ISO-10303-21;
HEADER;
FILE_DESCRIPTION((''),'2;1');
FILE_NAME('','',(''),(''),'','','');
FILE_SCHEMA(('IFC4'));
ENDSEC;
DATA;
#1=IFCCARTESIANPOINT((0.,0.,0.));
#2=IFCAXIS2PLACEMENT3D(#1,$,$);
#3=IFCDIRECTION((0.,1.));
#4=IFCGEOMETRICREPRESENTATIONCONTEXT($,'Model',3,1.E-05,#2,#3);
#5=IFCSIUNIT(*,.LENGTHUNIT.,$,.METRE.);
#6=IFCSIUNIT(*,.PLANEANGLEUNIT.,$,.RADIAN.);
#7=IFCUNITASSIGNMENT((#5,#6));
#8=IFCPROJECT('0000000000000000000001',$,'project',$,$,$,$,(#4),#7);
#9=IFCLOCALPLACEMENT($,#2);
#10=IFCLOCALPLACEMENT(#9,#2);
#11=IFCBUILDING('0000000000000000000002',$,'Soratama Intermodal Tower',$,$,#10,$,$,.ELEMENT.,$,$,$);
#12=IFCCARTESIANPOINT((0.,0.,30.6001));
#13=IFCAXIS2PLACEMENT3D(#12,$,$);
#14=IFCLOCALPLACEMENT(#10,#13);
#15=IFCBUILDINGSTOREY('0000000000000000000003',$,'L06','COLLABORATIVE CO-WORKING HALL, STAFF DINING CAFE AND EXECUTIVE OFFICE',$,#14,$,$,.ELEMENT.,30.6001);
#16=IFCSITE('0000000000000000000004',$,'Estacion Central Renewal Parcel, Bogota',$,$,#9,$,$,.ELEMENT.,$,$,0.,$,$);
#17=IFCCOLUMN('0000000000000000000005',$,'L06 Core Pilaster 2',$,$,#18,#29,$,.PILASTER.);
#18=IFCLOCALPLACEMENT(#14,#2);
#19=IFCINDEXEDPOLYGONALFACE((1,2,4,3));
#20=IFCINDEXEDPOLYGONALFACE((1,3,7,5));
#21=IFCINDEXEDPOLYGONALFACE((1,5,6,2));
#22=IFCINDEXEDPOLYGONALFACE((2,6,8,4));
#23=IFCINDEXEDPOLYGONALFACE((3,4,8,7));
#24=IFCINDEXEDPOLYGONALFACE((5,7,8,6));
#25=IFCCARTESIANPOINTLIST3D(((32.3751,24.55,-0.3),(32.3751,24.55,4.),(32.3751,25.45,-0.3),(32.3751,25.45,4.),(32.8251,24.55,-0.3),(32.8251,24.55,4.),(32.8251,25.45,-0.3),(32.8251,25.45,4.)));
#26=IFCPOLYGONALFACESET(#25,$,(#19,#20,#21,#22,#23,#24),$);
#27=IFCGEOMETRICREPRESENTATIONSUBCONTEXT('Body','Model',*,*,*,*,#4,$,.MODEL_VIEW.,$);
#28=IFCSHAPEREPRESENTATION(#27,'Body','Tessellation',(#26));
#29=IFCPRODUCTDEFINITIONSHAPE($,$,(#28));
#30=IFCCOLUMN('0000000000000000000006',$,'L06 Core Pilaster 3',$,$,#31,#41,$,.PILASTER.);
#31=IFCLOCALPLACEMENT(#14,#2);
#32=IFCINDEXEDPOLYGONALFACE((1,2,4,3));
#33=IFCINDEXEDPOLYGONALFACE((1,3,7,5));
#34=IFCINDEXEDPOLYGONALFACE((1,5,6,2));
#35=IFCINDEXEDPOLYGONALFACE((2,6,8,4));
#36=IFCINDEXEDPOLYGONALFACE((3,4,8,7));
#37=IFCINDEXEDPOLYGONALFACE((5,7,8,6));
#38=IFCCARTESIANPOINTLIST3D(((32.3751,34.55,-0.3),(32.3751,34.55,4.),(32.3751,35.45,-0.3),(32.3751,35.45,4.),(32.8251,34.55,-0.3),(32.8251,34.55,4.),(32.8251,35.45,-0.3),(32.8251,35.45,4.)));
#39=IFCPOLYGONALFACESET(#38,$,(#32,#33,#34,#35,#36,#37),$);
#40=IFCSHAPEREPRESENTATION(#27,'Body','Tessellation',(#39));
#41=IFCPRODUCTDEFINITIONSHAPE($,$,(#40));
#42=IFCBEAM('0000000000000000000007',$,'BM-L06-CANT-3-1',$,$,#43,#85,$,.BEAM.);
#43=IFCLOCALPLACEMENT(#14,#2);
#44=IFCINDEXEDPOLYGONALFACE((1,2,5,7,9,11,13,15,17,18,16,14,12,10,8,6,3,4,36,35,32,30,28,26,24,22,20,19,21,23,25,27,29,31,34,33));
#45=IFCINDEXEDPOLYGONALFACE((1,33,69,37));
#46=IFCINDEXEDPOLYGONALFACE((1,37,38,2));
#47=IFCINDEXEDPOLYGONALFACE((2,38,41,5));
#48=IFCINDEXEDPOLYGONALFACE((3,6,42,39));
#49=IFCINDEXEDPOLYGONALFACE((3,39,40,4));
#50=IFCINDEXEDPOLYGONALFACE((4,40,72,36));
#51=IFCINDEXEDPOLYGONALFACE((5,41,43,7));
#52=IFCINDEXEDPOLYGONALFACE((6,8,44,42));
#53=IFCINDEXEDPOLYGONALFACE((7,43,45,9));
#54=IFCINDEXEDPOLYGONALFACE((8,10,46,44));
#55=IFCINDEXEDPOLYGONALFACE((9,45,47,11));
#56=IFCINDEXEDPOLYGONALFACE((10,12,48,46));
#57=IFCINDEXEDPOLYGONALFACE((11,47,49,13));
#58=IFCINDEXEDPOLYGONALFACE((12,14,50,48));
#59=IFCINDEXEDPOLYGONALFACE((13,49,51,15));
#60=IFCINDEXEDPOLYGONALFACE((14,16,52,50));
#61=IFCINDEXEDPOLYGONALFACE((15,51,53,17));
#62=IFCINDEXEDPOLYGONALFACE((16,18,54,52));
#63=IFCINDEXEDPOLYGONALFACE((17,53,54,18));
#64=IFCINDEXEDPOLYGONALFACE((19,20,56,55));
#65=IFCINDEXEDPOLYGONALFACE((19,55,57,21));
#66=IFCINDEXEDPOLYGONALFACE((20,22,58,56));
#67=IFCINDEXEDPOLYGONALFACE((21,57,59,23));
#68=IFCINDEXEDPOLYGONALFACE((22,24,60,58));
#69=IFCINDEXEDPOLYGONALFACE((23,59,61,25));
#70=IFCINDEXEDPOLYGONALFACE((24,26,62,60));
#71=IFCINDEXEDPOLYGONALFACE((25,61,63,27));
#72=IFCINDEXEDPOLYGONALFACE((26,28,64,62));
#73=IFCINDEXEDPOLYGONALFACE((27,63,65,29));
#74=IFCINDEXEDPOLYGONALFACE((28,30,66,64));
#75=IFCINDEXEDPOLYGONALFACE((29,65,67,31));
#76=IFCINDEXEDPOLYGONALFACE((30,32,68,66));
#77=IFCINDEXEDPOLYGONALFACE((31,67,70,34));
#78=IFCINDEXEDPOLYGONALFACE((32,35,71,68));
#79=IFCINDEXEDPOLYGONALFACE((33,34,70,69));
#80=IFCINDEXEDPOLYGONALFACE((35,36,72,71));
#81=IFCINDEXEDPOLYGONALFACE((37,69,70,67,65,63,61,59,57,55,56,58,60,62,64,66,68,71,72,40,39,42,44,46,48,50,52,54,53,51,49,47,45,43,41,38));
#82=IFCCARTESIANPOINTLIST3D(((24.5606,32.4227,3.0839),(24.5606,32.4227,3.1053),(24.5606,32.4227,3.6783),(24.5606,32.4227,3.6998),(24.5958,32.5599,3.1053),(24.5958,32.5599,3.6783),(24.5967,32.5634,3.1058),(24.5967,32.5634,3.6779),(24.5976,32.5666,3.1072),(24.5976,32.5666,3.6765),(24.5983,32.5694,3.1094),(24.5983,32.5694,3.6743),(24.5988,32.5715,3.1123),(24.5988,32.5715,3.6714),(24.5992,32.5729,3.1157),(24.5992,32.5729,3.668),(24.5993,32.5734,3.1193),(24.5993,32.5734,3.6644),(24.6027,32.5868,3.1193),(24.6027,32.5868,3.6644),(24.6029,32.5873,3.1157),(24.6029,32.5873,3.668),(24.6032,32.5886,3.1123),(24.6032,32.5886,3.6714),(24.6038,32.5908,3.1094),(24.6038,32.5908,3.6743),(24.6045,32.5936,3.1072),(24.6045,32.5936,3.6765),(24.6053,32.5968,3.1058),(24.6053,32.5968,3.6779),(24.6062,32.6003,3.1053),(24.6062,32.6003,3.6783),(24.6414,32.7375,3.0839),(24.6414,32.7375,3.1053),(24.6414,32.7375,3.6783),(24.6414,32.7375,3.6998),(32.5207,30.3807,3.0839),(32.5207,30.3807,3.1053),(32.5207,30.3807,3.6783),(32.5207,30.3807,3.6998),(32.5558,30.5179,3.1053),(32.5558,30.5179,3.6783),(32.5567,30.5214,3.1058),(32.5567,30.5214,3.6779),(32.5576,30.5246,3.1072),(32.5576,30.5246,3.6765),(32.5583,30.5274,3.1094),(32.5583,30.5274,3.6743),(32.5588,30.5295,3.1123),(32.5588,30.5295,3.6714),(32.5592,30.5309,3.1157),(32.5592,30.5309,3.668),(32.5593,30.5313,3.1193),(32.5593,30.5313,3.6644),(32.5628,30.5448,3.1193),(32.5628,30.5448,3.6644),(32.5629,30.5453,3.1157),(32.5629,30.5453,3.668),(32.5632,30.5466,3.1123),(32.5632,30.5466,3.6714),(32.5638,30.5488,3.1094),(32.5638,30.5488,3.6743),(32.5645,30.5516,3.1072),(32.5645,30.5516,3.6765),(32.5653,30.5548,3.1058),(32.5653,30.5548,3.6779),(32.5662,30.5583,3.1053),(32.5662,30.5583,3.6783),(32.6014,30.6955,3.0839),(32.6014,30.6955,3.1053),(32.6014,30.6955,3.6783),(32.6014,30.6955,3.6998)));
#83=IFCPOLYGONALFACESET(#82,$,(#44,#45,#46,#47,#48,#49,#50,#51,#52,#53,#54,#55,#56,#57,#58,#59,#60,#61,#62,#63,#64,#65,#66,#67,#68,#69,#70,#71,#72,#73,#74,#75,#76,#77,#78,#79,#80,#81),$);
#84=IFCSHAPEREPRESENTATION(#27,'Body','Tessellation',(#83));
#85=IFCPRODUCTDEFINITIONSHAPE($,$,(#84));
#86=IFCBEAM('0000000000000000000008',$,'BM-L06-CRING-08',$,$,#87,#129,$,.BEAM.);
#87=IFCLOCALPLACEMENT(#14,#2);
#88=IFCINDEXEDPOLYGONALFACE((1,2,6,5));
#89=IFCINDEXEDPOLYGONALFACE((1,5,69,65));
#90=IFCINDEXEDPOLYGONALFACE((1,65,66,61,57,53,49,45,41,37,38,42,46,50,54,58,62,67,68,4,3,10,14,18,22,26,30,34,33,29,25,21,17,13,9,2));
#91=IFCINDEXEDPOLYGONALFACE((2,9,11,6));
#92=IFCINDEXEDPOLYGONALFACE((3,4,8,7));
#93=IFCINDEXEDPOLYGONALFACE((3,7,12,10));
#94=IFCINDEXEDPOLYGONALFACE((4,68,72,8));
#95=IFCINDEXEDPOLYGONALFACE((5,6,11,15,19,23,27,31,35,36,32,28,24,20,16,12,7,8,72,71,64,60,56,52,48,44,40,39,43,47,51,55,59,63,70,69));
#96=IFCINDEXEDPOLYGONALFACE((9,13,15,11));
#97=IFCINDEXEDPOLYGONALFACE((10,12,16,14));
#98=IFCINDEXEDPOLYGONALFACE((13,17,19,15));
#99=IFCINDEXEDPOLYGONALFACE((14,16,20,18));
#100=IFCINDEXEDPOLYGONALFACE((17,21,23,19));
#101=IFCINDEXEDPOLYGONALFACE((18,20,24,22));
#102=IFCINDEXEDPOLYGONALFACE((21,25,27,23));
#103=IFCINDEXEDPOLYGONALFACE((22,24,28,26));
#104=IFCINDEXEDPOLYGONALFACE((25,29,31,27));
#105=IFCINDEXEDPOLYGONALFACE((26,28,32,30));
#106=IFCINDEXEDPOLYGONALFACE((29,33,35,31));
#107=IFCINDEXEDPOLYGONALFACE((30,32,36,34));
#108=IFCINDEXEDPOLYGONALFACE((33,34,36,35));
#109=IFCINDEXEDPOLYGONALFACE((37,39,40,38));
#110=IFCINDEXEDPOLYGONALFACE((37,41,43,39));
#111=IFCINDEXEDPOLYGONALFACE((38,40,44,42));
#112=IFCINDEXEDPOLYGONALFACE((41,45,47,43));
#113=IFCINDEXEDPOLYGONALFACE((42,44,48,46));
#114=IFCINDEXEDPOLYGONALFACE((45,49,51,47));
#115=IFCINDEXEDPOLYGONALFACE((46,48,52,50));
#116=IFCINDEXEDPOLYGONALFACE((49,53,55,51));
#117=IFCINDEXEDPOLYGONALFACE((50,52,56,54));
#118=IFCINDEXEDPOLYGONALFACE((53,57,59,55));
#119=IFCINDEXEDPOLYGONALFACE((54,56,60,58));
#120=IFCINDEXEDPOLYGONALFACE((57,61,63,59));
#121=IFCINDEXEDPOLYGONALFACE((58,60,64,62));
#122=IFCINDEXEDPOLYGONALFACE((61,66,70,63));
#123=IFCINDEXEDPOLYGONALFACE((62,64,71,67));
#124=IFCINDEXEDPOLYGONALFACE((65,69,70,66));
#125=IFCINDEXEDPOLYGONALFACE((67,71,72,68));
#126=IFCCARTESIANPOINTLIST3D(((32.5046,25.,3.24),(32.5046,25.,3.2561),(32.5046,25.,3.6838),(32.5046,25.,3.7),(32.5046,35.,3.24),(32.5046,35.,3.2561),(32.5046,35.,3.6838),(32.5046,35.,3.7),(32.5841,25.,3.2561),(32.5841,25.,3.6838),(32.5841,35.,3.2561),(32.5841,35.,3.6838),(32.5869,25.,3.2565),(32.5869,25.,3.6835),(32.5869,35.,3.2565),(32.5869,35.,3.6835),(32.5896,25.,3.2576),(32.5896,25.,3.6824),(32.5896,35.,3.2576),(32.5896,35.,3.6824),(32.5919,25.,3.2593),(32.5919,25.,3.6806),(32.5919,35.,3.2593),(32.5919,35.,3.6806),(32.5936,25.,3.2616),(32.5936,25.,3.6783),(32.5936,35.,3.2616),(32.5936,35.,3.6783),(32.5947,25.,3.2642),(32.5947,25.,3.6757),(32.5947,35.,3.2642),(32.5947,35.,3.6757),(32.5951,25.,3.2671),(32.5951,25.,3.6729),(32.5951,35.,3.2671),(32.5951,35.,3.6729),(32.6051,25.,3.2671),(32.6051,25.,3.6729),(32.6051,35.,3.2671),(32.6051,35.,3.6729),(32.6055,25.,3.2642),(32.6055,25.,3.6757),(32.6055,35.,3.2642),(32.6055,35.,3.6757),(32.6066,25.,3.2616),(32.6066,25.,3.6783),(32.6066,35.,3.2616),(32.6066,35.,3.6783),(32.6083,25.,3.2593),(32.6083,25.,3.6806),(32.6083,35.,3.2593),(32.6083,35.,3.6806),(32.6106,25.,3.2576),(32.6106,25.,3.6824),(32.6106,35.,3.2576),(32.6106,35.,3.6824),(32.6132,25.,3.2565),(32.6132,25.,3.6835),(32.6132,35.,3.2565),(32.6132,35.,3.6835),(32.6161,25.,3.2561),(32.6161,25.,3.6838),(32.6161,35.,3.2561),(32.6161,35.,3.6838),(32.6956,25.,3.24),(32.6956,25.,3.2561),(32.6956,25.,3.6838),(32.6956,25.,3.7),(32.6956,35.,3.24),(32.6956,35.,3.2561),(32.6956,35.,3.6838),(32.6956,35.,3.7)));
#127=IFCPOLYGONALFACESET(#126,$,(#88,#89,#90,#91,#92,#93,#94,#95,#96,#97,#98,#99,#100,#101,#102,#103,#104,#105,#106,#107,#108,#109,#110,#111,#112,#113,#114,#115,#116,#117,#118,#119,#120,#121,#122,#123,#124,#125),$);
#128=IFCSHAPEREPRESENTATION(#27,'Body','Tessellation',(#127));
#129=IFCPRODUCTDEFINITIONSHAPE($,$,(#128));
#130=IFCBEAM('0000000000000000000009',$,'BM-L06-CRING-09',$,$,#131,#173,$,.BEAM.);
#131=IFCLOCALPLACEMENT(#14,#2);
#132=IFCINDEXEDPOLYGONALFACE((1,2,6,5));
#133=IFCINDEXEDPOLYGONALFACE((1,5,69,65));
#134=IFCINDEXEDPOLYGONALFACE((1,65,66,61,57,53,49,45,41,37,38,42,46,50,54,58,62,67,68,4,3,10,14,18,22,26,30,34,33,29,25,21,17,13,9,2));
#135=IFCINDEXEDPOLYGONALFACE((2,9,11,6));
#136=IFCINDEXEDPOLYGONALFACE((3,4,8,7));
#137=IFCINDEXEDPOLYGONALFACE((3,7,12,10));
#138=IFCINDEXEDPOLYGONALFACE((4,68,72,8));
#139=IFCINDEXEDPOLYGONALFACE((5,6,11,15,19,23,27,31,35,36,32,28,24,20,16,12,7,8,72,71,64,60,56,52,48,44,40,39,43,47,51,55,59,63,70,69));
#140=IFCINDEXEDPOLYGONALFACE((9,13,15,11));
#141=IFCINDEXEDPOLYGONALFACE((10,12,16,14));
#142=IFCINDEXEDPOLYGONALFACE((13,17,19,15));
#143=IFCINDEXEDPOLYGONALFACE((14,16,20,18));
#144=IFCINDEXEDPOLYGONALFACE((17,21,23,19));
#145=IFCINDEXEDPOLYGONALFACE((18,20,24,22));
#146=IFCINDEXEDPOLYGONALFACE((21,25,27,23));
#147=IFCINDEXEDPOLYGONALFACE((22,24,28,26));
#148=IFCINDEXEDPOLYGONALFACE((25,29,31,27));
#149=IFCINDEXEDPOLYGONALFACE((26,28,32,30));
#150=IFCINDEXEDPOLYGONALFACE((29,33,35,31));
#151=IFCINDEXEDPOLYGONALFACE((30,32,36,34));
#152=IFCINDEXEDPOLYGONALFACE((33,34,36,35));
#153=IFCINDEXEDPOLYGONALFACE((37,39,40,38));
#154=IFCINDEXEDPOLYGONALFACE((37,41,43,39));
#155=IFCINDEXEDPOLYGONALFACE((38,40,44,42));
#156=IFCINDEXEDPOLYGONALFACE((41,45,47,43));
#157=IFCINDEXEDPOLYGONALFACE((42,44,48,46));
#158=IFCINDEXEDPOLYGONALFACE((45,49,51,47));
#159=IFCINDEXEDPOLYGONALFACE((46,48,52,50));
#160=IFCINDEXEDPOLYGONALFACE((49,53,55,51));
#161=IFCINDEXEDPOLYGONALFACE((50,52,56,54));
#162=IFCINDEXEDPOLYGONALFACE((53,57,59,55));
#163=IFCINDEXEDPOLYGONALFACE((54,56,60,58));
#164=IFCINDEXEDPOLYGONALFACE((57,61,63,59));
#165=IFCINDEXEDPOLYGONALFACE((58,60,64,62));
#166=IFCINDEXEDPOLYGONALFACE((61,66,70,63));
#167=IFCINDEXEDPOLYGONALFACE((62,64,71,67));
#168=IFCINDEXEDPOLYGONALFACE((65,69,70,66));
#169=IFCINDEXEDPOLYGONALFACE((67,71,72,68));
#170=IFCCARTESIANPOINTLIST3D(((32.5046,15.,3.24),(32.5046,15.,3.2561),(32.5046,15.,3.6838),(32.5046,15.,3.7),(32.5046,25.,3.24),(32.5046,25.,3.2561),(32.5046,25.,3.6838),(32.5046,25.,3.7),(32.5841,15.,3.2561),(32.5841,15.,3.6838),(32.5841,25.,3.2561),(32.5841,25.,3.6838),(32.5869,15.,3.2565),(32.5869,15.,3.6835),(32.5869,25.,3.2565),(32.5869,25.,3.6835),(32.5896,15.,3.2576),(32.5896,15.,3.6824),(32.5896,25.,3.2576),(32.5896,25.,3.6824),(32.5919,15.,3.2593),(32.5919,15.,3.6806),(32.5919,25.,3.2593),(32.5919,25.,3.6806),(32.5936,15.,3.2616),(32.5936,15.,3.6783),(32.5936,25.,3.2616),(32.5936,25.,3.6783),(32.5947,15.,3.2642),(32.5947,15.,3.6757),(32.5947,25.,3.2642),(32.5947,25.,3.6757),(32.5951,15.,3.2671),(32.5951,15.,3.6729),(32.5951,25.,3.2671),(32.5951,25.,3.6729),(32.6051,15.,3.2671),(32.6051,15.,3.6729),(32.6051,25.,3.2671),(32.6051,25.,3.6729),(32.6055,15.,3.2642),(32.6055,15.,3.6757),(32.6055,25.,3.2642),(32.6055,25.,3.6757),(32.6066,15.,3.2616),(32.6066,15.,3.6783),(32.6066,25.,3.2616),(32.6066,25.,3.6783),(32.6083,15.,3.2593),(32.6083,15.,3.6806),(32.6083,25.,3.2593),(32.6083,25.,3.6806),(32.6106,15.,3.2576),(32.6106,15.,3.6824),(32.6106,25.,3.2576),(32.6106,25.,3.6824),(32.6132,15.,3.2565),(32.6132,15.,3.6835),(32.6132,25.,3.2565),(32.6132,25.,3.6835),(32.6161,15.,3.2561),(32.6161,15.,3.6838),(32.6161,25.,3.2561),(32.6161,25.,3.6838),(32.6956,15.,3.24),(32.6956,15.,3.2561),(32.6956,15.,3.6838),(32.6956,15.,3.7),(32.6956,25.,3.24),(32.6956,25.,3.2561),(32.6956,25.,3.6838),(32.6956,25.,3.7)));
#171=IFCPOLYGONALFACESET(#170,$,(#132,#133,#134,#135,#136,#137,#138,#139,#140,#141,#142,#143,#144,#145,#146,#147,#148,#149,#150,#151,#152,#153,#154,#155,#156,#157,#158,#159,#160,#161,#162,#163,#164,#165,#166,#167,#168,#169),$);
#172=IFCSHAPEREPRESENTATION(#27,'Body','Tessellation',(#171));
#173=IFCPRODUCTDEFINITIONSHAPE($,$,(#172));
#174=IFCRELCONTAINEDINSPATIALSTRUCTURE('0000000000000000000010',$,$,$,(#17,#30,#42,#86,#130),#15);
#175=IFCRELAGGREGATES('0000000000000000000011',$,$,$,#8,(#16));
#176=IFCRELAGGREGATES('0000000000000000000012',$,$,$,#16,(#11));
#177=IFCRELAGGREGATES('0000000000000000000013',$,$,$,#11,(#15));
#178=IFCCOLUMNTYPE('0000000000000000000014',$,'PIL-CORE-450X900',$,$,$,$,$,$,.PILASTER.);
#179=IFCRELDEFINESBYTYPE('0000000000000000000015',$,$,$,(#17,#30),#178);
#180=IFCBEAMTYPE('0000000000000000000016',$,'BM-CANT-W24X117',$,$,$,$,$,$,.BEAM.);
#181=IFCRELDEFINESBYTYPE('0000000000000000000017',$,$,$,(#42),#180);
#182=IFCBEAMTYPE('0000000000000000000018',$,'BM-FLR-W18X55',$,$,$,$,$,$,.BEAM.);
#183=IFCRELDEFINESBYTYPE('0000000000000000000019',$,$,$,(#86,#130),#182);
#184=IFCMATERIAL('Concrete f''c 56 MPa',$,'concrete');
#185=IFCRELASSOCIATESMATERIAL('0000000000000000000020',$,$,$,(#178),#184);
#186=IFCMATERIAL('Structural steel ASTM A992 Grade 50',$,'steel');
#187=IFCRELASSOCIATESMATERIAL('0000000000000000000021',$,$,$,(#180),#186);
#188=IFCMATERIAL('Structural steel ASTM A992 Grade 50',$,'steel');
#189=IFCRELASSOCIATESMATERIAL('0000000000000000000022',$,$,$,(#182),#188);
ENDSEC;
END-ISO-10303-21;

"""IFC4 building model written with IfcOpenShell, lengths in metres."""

from ifc_helpers import new_model, si_unit, direction, frame, origin, origin_2d, place, context, subcontext, project, spatial, rectangle, i_section, extrude, material, material_profile, profile_set, type_object, element, save


model = new_model("IFC4")

# Units and contexts
model_context = context("Model", 3, precision=1e-05, world=origin(), true_north=direction((0.0, 1.0)))
body_context = subcontext(model_context, "Body", "Model", "MODEL_VIEW")
ifc_project = project(units=[si_unit("LENGTHUNIT", "METRE"), si_unit("PLANEANGLEUNIT", "RADIAN")], contexts=[model_context])

# Site, building, storey
site_placement = place(None, origin())
site = spatial("IfcSite", under=ifc_project, at=site_placement, Name="Estacion Central Renewal Parcel, Bogota", CompositionType="ELEMENT", RefElevation=0.0)
building_placement = place(site_placement, origin())
building = spatial("IfcBuilding", under=site, at=building_placement, Name="Soratama Intermodal Tower", CompositionType="ELEMENT")
storey_placement = place(building_placement, frame((0.0, 0.0, 30.6001)))
storey = spatial("IfcBuildingStorey", under=building, at=storey_placement, Name="L06", Description="COLLABORATIVE CO-WORKING HALL, STAFF DINING CAFE AND EXECUTIVE OFFICE", CompositionType="ELEMENT", Elevation=30.6001)

# Columns
ifc_material_1 = material(Name="Concrete f'c 56 MPa", Category="concrete")
ifc_material_profile_1 = material_profile(ifc_material_1, rectangle(XDim=0.45, YDim=0.8999, at=origin_2d()), Name="RC450X900")
ifc_profile_set_1 = profile_set([ifc_material_profile_1], Name="Concrete f'c 56 MPa")
column_type = type_object("IfcColumnType", Name="PIL-CORE-450X900", PredefinedType="PILASTER", material=ifc_profile_set_1)
for number, where, z_axis, x_axis, name in (
    (1, (32.6001, 25.0, -0.3), (0.0, 0.0, 1.0), (1.0, 0.0, 0.0), "L06 Core Pilaster 2"),
    (2, (32.6001, 35.0, -0.3), (0.0, 0.0, 1.0), (1.0, 0.0, 0.0), "L06 Core Pilaster 3"),
):
    element("IfcColumn", number, at=place(storey_placement, frame(where, z_axis=z_axis, x_axis=x_axis)), inside=storey, type_object=column_type, Name=name, PredefinedType="PILASTER", context=body_context, shape_type="SweptSolid", body=[
        extrude(rectangle(XDim=0.45, YDim=0.8999, at=origin_2d()), origin(), (0.0, 0.0, 1.0), 4.3),
    ])

# Beams
ifc_material_2 = material(Name="Structural steel ASTM A992 Grade 50", Category="steel")
ifc_material_profile_2 = material_profile(ifc_material_2, i_section(OverallWidth=0.325, OverallDepth=0.616, WebThickness=0.0139, FlangeThickness=0.0215, FilletRadius=0.0139, at=origin_2d()), Name="W24X117")
ifc_profile_set_2 = profile_set([ifc_material_profile_2], Name="Structural steel ASTM A992 Grade 50")
beam_type_1 = type_object("IfcBeamType", Name="BM-CANT-W24X117", PredefinedType="BEAM", material=ifc_profile_set_2)
beam_1_placement = place(storey_placement, frame((32.561, 30.5381, 3.3918), z_axis=(-0.968635, 0.248487, 0.0), x_axis=(-0.248487, -0.968635, 0.0)))
element("IfcBeam", 3, at=beam_1_placement, inside=storey, type_object=beam_type_1, Name="BM-L06-CANT-3-1", PredefinedType="BEAM", context=body_context, shape_type="SweptSolid", body=[
    extrude(i_section(OverallWidth=0.325, OverallDepth=0.616, WebThickness=0.0139, FlangeThickness=0.0215, FilletRadius=0.0139, at=origin_2d()), origin(), (0.0, 0.0, 1.0), 8.2178),
])
ifc_material_3 = material(Name="Structural steel ASTM A992 Grade 50", Category="steel")
ifc_material_profile_3 = material_profile(ifc_material_3, i_section(OverallWidth=0.1909, OverallDepth=0.46, WebThickness=0.01, FlangeThickness=0.0161, FilletRadius=0.011, at=origin_2d()), Name="W18X55")
ifc_profile_set_3 = profile_set([ifc_material_profile_3], Name="Structural steel ASTM A992 Grade 50")
beam_type_2 = type_object("IfcBeamType", Name="BM-FLR-W18X55", PredefinedType="BEAM", material=ifc_profile_set_3)
for number, where, z_axis, x_axis, name in (
    (4, (32.6001, 35.0, 3.47), (0.0, -1.0, 0.0), (1.0, 0.0, 0.0), "BM-L06-CRING-08"),
    (5, (32.6001, 25.0, 3.47), (0.0, -1.0, 0.0), (1.0, 0.0, 0.0), "BM-L06-CRING-09"),
):
    element("IfcBeam", number, at=place(storey_placement, frame(where, z_axis=z_axis, x_axis=x_axis)), inside=storey, type_object=beam_type_2, Name=name, PredefinedType="BEAM", context=body_context, shape_type="SweptSolid", body=[
        extrude(i_section(OverallWidth=0.1909, OverallDepth=0.46, WebThickness=0.01, FlangeThickness=0.0161, FilletRadius=0.011, at=origin_2d()), origin(), (0.0, 0.0, 1.0), 10.0),
    ])

save(model, "model.ifc")
